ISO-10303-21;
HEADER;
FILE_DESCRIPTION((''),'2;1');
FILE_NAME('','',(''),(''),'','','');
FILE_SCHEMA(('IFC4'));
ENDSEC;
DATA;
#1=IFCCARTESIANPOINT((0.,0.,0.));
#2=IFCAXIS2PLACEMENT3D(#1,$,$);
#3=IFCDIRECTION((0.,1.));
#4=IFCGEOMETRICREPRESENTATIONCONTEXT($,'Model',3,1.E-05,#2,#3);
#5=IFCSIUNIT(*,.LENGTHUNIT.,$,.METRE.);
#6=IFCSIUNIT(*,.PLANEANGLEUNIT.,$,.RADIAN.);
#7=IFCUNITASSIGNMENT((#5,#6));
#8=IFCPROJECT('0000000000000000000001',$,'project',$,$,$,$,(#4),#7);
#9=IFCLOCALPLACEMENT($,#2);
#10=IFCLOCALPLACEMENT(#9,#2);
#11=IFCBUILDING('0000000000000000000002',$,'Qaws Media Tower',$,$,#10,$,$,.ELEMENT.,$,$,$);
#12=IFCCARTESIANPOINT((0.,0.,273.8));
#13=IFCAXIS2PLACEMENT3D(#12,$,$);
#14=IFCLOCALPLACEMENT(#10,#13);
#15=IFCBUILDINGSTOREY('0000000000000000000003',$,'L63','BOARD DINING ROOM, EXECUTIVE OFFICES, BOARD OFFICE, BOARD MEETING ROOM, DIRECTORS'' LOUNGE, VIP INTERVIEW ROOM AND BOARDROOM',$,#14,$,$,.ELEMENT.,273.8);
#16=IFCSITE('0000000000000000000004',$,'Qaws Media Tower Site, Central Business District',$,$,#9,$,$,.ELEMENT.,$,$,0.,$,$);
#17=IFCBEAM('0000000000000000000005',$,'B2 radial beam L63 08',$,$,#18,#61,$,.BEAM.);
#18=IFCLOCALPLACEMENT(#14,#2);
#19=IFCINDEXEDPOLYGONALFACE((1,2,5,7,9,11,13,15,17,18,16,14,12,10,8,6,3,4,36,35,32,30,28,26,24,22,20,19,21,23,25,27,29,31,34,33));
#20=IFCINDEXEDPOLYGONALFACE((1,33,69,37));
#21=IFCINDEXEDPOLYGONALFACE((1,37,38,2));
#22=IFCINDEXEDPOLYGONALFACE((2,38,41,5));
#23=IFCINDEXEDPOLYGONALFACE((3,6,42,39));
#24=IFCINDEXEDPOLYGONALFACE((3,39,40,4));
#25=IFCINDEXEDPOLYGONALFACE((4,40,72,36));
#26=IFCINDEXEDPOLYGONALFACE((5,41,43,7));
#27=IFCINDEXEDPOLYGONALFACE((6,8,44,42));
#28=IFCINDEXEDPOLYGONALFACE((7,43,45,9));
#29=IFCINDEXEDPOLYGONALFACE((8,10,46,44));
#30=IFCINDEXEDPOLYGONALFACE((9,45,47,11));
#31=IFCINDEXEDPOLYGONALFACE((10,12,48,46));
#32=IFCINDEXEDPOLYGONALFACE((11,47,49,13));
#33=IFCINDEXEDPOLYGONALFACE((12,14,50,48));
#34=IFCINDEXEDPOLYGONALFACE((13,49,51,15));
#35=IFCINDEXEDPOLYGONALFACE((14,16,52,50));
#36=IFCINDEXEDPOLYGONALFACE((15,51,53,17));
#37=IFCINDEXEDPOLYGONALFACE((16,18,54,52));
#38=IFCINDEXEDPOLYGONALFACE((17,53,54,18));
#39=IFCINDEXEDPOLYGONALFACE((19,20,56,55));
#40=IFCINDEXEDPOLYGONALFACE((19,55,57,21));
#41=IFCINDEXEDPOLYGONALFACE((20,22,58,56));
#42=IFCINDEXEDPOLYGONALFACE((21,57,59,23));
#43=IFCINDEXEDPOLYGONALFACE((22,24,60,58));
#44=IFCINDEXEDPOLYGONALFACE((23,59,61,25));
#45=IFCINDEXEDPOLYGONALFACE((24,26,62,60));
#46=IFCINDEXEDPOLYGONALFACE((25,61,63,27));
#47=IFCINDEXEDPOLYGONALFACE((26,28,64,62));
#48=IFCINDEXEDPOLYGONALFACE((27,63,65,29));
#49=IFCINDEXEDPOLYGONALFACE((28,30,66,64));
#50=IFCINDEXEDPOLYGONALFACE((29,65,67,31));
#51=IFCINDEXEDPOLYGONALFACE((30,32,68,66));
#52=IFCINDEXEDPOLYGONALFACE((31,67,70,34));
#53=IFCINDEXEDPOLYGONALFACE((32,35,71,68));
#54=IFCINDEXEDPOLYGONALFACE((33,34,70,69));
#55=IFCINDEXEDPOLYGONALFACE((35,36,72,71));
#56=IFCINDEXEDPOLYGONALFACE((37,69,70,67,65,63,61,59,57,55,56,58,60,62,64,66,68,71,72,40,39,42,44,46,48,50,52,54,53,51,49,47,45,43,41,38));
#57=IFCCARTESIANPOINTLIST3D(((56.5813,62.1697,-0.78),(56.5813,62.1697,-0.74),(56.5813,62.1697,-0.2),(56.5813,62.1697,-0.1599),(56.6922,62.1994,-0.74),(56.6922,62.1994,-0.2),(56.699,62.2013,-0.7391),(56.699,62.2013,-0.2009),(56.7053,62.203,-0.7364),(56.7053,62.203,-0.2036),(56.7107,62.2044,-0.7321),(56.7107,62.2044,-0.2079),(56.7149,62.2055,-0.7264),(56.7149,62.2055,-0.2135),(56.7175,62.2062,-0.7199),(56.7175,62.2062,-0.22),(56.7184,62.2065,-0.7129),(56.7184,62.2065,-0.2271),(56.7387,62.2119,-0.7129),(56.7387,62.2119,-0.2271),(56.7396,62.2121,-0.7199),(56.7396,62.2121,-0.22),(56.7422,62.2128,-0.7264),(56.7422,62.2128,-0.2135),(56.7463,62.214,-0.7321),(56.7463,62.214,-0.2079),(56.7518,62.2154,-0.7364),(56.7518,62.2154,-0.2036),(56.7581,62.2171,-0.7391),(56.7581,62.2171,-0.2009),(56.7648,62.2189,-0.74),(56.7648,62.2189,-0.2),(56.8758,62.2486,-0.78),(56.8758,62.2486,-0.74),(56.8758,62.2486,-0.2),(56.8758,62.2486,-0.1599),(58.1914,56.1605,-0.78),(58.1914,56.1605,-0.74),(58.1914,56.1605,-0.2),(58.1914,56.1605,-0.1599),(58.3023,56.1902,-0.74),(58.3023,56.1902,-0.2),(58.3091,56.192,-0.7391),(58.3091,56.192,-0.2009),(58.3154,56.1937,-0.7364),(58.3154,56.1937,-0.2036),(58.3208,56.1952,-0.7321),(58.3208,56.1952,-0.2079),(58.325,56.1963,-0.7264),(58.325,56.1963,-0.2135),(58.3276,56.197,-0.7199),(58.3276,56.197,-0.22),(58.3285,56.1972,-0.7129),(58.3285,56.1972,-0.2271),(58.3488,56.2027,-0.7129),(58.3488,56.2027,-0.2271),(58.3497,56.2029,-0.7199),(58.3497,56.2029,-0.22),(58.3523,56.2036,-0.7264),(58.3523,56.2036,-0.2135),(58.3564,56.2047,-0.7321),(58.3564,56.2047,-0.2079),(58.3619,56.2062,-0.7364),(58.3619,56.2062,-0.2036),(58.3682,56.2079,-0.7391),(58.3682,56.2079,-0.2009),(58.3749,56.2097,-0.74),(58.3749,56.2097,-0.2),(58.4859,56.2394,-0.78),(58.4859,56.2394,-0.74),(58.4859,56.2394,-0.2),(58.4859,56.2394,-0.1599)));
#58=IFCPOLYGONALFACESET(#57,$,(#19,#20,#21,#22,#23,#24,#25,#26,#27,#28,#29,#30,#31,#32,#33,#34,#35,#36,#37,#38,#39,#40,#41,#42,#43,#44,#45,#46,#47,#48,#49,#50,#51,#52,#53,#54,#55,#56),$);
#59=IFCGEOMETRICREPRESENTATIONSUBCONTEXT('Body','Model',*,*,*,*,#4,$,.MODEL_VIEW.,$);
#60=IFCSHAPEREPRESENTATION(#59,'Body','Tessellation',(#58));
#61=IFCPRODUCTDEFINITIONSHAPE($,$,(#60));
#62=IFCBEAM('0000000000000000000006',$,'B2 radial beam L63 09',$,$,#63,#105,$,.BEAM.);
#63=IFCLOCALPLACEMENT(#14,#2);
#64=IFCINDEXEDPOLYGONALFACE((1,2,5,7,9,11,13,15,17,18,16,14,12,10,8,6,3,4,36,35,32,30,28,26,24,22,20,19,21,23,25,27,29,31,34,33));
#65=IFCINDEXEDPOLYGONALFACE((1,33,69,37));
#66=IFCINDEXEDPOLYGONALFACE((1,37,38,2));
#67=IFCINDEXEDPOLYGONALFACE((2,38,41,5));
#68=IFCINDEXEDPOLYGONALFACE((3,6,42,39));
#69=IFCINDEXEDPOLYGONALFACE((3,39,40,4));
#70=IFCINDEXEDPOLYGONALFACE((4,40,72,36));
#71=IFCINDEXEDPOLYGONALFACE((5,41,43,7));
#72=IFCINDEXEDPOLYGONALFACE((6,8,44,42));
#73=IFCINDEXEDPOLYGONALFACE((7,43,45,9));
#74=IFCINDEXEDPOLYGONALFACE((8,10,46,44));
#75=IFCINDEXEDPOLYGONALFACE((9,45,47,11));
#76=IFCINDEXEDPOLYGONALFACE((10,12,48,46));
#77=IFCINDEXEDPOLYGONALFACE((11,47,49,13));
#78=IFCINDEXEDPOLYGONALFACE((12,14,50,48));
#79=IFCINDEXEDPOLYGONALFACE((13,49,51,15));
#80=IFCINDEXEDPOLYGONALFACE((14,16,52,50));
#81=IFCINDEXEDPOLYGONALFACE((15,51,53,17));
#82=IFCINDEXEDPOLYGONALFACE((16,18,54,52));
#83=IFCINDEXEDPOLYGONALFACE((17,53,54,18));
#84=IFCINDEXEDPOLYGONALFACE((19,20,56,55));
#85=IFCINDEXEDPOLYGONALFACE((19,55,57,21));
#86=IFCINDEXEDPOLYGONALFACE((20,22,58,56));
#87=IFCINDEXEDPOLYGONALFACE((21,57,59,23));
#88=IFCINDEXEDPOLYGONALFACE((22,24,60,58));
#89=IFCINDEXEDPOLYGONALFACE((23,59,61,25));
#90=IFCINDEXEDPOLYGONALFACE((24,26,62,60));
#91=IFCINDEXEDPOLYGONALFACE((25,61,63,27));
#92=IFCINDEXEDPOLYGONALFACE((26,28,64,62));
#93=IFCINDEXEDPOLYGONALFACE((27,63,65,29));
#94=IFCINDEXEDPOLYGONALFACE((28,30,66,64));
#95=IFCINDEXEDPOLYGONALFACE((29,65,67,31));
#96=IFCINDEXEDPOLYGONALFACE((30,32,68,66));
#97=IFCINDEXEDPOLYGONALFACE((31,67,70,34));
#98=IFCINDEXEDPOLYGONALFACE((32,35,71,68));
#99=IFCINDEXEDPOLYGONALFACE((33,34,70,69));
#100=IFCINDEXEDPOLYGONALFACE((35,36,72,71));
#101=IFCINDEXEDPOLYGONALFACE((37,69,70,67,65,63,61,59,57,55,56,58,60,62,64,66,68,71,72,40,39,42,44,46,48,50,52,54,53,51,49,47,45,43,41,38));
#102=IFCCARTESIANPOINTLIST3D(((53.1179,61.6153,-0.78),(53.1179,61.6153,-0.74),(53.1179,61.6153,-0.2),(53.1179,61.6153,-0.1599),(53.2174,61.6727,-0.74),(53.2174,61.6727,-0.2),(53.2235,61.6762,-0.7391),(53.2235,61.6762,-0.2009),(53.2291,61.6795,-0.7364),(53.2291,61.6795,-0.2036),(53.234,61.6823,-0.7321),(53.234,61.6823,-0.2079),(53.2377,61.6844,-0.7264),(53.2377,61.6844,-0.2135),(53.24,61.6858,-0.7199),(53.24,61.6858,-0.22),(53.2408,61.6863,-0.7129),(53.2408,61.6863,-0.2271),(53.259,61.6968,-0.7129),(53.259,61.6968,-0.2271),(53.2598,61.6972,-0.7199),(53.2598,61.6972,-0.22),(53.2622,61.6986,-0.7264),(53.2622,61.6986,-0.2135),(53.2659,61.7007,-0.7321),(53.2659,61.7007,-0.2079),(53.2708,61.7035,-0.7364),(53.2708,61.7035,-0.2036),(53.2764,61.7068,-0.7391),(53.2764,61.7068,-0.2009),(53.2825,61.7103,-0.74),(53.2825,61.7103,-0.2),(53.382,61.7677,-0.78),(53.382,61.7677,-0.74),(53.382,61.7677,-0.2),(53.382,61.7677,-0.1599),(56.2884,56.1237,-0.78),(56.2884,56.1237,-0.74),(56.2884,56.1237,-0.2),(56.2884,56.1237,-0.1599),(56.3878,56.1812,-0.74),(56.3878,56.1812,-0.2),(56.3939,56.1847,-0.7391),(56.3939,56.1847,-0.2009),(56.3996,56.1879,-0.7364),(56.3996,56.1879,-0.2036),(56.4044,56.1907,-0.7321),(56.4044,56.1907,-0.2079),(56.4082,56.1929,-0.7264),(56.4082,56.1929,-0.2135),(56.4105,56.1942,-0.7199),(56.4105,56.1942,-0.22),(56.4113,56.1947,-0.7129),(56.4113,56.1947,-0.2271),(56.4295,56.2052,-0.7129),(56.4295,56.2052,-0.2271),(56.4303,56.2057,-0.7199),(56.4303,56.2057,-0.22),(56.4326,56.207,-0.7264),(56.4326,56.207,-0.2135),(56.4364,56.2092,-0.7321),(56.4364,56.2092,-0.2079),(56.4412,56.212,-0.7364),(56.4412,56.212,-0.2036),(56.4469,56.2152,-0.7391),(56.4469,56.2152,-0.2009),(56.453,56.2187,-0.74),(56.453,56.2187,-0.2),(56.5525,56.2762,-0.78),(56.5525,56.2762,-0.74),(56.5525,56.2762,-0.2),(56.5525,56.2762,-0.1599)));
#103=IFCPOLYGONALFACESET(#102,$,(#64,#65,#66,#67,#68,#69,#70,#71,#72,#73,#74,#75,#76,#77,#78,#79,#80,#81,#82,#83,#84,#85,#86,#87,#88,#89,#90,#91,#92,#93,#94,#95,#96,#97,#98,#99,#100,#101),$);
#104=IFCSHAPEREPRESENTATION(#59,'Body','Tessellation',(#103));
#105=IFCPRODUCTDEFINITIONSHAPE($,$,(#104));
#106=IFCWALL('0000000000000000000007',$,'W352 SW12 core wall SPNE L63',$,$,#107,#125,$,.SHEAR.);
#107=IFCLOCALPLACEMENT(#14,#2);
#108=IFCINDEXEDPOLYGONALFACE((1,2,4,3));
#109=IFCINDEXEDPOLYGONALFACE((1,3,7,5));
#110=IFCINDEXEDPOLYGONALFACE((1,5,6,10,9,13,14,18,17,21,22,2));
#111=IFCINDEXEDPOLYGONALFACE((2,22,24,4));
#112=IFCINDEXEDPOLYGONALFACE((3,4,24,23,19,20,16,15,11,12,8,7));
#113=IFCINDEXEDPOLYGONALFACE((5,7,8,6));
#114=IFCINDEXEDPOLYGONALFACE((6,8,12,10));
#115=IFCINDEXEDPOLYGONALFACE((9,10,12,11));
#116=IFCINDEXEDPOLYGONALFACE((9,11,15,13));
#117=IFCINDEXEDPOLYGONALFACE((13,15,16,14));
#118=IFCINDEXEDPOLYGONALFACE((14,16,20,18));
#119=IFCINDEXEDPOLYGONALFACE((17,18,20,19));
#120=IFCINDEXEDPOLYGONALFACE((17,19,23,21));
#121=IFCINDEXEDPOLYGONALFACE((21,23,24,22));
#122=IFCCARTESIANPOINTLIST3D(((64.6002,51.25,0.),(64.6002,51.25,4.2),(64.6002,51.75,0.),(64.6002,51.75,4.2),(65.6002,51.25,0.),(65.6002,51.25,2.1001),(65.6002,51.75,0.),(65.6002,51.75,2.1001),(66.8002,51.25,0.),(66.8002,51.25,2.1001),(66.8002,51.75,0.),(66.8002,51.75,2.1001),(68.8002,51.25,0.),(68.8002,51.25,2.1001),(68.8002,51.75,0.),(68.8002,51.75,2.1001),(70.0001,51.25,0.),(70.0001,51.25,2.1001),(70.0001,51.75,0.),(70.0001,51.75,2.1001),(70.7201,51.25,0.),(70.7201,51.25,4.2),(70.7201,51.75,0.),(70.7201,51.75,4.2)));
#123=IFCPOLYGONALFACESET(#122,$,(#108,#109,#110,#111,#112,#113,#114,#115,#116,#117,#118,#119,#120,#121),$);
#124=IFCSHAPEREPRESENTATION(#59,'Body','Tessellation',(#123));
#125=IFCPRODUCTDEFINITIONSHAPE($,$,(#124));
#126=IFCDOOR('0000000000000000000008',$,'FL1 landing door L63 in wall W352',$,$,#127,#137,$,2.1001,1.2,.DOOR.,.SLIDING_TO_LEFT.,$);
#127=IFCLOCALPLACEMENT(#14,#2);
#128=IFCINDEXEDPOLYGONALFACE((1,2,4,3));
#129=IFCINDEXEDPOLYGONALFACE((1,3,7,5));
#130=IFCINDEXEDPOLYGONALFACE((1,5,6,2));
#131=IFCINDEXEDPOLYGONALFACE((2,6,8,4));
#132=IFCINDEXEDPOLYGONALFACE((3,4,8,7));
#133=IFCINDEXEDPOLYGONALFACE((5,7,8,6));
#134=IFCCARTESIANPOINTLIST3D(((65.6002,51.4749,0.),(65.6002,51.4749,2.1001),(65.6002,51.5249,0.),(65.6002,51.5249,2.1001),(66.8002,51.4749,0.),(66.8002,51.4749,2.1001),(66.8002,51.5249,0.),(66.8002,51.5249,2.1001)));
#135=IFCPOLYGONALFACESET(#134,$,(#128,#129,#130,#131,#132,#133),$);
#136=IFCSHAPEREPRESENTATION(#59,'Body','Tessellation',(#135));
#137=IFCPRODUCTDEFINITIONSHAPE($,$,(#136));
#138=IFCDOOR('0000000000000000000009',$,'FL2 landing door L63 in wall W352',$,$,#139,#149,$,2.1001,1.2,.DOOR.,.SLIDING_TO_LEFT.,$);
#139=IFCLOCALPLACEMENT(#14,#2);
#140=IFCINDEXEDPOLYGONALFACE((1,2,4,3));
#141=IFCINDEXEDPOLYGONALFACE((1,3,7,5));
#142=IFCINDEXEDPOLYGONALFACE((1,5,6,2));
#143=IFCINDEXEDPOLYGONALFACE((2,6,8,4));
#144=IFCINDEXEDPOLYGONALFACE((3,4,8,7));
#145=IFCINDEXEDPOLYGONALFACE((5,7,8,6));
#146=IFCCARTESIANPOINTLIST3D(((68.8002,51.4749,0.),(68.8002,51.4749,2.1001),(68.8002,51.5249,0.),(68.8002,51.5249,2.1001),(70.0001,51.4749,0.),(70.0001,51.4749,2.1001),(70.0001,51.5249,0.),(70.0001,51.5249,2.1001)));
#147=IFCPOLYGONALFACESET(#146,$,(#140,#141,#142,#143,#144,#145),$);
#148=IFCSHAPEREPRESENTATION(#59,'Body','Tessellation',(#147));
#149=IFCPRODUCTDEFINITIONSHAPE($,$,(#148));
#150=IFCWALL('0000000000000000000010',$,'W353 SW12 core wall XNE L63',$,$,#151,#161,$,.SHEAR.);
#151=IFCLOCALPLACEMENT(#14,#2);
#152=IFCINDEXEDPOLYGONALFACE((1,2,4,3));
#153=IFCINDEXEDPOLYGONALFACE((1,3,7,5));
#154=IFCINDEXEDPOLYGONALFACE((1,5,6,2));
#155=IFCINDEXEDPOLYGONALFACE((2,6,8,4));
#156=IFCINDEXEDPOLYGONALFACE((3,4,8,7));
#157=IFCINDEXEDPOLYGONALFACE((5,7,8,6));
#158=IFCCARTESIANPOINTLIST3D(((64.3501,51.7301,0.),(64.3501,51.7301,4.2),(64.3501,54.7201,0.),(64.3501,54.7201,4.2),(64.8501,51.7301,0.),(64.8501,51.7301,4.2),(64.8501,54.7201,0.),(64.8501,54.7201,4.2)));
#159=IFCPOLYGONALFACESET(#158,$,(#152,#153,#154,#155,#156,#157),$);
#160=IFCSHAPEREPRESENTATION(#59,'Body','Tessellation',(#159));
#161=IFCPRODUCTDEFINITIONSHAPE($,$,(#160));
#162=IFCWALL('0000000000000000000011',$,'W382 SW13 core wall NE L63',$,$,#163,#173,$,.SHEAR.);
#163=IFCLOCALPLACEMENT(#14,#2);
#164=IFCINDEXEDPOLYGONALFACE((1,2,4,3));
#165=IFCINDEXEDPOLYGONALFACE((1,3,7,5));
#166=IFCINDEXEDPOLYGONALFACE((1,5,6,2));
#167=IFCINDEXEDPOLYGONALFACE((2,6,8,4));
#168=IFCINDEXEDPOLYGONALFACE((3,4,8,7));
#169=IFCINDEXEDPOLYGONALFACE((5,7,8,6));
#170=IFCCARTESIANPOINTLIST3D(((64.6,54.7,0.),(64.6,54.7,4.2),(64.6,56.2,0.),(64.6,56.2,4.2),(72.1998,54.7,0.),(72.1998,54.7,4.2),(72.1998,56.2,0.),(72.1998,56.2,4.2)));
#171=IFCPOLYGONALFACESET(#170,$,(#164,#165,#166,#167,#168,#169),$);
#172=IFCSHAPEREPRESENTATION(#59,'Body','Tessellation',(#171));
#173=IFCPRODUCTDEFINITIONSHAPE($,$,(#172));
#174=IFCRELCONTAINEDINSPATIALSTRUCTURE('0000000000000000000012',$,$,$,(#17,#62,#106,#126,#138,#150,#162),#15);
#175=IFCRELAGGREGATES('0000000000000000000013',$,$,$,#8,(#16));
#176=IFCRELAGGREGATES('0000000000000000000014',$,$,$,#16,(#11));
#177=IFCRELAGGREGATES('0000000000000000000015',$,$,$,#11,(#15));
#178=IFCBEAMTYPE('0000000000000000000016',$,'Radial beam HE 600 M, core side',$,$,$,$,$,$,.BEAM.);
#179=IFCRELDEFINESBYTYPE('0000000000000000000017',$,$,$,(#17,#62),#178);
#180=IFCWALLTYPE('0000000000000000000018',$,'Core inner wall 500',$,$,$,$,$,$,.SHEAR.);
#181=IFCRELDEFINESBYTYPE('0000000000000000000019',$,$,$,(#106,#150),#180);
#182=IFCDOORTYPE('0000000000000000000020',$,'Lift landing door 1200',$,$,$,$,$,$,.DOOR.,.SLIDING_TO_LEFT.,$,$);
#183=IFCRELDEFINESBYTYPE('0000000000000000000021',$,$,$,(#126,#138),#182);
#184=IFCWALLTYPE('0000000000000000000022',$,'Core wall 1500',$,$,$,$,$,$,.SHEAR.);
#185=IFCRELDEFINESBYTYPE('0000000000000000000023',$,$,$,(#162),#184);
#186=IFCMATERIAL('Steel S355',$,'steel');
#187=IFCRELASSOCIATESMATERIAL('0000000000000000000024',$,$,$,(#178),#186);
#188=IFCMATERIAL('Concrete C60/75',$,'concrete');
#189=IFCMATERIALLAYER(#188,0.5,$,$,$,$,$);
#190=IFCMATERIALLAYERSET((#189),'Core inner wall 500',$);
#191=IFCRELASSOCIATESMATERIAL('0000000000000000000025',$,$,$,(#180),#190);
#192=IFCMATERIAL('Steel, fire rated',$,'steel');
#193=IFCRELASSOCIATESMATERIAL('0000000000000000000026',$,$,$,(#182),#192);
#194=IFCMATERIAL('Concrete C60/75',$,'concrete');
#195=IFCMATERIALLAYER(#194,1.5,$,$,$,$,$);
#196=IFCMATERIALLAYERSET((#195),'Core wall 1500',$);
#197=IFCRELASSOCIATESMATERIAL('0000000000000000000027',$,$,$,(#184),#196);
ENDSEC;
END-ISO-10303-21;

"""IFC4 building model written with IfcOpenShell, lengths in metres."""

from ifc_helpers import new_model, si_unit, direction, frame, frame_2d, origin, origin_2d, place, context, subcontext, project, spatial, rectangle, i_section, extrude, material, layer, layer_set, material_profile, profile_set, type_object, element, fill, save


model = new_model("IFC4")

# Units and contexts
model_context = context("Model", 3, precision=1e-05, world=origin(), true_north=direction((0.0, 1.0)))
body_context = subcontext(model_context, "Body", "Model", "MODEL_VIEW")
ifc_project = project(units=[si_unit("LENGTHUNIT", "METRE"), si_unit("PLANEANGLEUNIT", "RADIAN")], contexts=[model_context])

# Site, building, storey
site_placement = place(None, origin())
site = spatial("IfcSite", under=ifc_project, at=site_placement, Name="Qaws Media Tower Site, Central Business District", CompositionType="ELEMENT", RefElevation=0.0)
building_placement = place(site_placement, origin())
building = spatial("IfcBuilding", under=site, at=building_placement, Name="Qaws Media Tower", CompositionType="ELEMENT")
storey_placement = place(building_placement, frame((0.0, 0.0, 273.8)))
storey = spatial("IfcBuildingStorey", under=building, at=storey_placement, Name="L63", Description="BOARD DINING ROOM, EXECUTIVE OFFICES, BOARD OFFICE, BOARD MEETING ROOM, DIRECTORS' LOUNGE, VIP INTERVIEW ROOM AND BOARDROOM", CompositionType="ELEMENT", Elevation=273.8)

# Beams
ifc_material_1 = material(Name="Steel S355", Category="steel")
ifc_material_profile = material_profile(ifc_material_1, i_section(OverallWidth=0.3049, OverallDepth=0.6201, WebThickness=0.021, FlangeThickness=0.04, FilletRadius=0.0271, at=origin_2d()), Name="HE 600 M")
ifc_profile_set = profile_set([ifc_material_profile], Name="Steel S355")
beam_type = type_object("IfcBeamType", Name="Radial beam HE 600 M, core side", PredefinedType="BEAM", material=ifc_profile_set)
beam_1_placement = place(storey_placement, frame((58.3386, 56.2, -0.47), z_axis=(-0.258808, 0.965929, 0.0), x_axis=(-0.965929, -0.258808, 0.0)))
element("IfcBeam", 1, at=beam_1_placement, inside=storey, type_object=beam_type, Name="B2 radial beam L63 08", PredefinedType="BEAM", context=body_context, shape_type="SweptSolid", body=[
    extrude(i_section(OverallWidth=0.3049, OverallDepth=0.6201, WebThickness=0.021, FlangeThickness=0.04, FilletRadius=0.0271, at=origin_2d()), origin(), (0.0, 0.0, 1.0), 6.2212),
])
beam_2_placement = place(storey_placement, frame((56.4204, 56.2, -0.47), z_axis=(-0.49999, 0.866031, 0.0), x_axis=(-0.866031, -0.49999, 0.0)))
element("IfcBeam", 2, at=beam_2_placement, inside=storey, type_object=beam_type, Name="B2 radial beam L63 09", PredefinedType="BEAM", context=body_context, shape_type="SweptSolid", body=[
    extrude(i_section(OverallWidth=0.3049, OverallDepth=0.6201, WebThickness=0.021, FlangeThickness=0.04, FilletRadius=0.0271, at=origin_2d()), origin(), (0.0, 0.0, 1.0), 6.3411),
])

# Wall, openings, doors
ifc_material_2 = material(Name="Concrete C60/75", Category="concrete")
ifc_layer_1 = layer(ifc_material_2, 0.5)
ifc_layer_set_1 = layer_set([ifc_layer_1], Name="Core inner wall 500")
wall_type_1 = type_object("IfcWallType", Name="Core inner wall 500", PredefinedType="SHEAR", material=ifc_layer_set_1)
wall_1_placement = place(storey_placement, frame((64.6001, 51.5, 0.0), z_axis=(0.0, 0.0, 1.0), x_axis=(1.0, 0.0, 0.0)))
wall_1 = element("IfcWall", 3, at=wall_1_placement, inside=storey, type_object=wall_type_1, Name="W352 SW12 core wall SPNE L63", PredefinedType="SHEAR", context=body_context, shape_type="SweptSolid", body=[
    extrude(rectangle(XDim=6.1199, YDim=0.5, at=frame_2d((3.0601, 0.0))), origin(), (0.0, 0.0, 1.0), 4.2),
])
opening_1_placement = place(wall_1_placement, frame((1.0, 0.0, 0.0)))
opening_1 = element("IfcOpeningElement", 4, at=opening_1_placement, cuts=wall_1, PredefinedType="OPENING", context=body_context, shape_type="SweptSolid", body=[
    extrude(rectangle(XDim=1.2, YDim=2.1001, at=frame_2d((0.6001, 1.05))), frame((0.0, 0.26, 0.0), z_axis=(0.0, -1.0, 0.0), x_axis=(1.0, 0.0, 0.0)), (0.0, 0.0, 1.0), 0.52),
])
opening_2_placement = place(wall_1_placement, frame((4.2, 0.0, 0.0)))
opening_2 = element("IfcOpeningElement", 5, at=opening_2_placement, cuts=wall_1, PredefinedType="OPENING", context=body_context, shape_type="SweptSolid", body=[
    extrude(rectangle(XDim=1.2, YDim=2.1001, at=frame_2d((0.6001, 1.05))), frame((0.0, 0.26, 0.0), z_axis=(0.0, -1.0, 0.0), x_axis=(1.0, 0.0, 0.0)), (0.0, 0.0, 1.0), 0.52),
])
ifc_material_3 = material(Name="Steel, fire rated", Category="steel")
door_type_1 = type_object("IfcDoorType", Name="Lift landing door 1200", OperationType="SLIDING_TO_LEFT", PredefinedType="DOOR", material=ifc_material_3)
door_1_placement = place(opening_1_placement, origin())
door_1 = element("IfcDoor", 6, at=door_1_placement, inside=storey, type_object=door_type_1, Name="FL1 landing door L63 in wall W352", OperationType="SLIDING_TO_LEFT", OverallHeight=2.1001, OverallWidth=1.2, PredefinedType="DOOR", context=body_context, shape_type="SweptSolid", body=[
    extrude(rectangle(XDim=1.2, YDim=2.1001, at=frame_2d((0.6001, 1.05))), frame((0.0, 0.0249, 0.0), z_axis=(0.0, -1.0, 0.0), x_axis=(1.0, 0.0, 0.0)), (0.0, 0.0, 1.0), 0.05),
])
fill(opening_1, door_1)
door_2_placement = place(opening_2_placement, origin())
door_2 = element("IfcDoor", 7, at=door_2_placement, inside=storey, type_object=door_type_1, Name="FL2 landing door L63 in wall W352", OperationType="SLIDING_TO_LEFT", OverallHeight=2.1001, OverallWidth=1.2, PredefinedType="DOOR", context=body_context, shape_type="SweptSolid", body=[
    extrude(rectangle(XDim=1.2, YDim=2.1001, at=frame_2d((0.6001, 1.05))), frame((0.0, 0.0249, 0.0), z_axis=(0.0, -1.0, 0.0), x_axis=(1.0, 0.0, 0.0)), (0.0, 0.0, 1.0), 0.05),
])
fill(opening_2, door_2)

# Walls
wall_2_placement = place(storey_placement, frame((64.6001, 51.73, 0.0), z_axis=(0.0, 0.0, 1.0), x_axis=(0.0, 1.0, 0.0)))
element("IfcWall", 8, at=wall_2_placement, inside=storey, type_object=wall_type_1, Name="W353 SW12 core wall XNE L63", PredefinedType="SHEAR", context=body_context, shape_type="SweptSolid", body=[
    extrude(rectangle(XDim=2.99, YDim=0.5, at=frame_2d((1.4951, 0.0))), origin(), (0.0, 0.0, 1.0), 4.2),
])
ifc_material_4 = material(Name="Concrete C60/75", Category="concrete")
ifc_layer_2 = layer(ifc_material_4, 1.5)
ifc_layer_set_2 = layer_set([ifc_layer_2], Name="Core wall 1500")
wall_type_2 = type_object("IfcWallType", Name="Core wall 1500", PredefinedType="SHEAR", material=ifc_layer_set_2)
wall_3_placement = place(storey_placement, frame((64.6001, 55.45, 0.0), z_axis=(0.0, 0.0, 1.0), x_axis=(1.0, 0.0, 0.0)))
element("IfcWall", 9, at=wall_3_placement, inside=storey, type_object=wall_type_2, Name="W382 SW13 core wall NE L63", PredefinedType="SHEAR", context=body_context, shape_type="SweptSolid", body=[
    extrude(rectangle(XDim=7.5999, YDim=1.5, at=frame_2d((3.7998, 0.0))), origin(), (0.0, 0.0, 1.0), 4.2),
])

save(model, "model.ifc")
